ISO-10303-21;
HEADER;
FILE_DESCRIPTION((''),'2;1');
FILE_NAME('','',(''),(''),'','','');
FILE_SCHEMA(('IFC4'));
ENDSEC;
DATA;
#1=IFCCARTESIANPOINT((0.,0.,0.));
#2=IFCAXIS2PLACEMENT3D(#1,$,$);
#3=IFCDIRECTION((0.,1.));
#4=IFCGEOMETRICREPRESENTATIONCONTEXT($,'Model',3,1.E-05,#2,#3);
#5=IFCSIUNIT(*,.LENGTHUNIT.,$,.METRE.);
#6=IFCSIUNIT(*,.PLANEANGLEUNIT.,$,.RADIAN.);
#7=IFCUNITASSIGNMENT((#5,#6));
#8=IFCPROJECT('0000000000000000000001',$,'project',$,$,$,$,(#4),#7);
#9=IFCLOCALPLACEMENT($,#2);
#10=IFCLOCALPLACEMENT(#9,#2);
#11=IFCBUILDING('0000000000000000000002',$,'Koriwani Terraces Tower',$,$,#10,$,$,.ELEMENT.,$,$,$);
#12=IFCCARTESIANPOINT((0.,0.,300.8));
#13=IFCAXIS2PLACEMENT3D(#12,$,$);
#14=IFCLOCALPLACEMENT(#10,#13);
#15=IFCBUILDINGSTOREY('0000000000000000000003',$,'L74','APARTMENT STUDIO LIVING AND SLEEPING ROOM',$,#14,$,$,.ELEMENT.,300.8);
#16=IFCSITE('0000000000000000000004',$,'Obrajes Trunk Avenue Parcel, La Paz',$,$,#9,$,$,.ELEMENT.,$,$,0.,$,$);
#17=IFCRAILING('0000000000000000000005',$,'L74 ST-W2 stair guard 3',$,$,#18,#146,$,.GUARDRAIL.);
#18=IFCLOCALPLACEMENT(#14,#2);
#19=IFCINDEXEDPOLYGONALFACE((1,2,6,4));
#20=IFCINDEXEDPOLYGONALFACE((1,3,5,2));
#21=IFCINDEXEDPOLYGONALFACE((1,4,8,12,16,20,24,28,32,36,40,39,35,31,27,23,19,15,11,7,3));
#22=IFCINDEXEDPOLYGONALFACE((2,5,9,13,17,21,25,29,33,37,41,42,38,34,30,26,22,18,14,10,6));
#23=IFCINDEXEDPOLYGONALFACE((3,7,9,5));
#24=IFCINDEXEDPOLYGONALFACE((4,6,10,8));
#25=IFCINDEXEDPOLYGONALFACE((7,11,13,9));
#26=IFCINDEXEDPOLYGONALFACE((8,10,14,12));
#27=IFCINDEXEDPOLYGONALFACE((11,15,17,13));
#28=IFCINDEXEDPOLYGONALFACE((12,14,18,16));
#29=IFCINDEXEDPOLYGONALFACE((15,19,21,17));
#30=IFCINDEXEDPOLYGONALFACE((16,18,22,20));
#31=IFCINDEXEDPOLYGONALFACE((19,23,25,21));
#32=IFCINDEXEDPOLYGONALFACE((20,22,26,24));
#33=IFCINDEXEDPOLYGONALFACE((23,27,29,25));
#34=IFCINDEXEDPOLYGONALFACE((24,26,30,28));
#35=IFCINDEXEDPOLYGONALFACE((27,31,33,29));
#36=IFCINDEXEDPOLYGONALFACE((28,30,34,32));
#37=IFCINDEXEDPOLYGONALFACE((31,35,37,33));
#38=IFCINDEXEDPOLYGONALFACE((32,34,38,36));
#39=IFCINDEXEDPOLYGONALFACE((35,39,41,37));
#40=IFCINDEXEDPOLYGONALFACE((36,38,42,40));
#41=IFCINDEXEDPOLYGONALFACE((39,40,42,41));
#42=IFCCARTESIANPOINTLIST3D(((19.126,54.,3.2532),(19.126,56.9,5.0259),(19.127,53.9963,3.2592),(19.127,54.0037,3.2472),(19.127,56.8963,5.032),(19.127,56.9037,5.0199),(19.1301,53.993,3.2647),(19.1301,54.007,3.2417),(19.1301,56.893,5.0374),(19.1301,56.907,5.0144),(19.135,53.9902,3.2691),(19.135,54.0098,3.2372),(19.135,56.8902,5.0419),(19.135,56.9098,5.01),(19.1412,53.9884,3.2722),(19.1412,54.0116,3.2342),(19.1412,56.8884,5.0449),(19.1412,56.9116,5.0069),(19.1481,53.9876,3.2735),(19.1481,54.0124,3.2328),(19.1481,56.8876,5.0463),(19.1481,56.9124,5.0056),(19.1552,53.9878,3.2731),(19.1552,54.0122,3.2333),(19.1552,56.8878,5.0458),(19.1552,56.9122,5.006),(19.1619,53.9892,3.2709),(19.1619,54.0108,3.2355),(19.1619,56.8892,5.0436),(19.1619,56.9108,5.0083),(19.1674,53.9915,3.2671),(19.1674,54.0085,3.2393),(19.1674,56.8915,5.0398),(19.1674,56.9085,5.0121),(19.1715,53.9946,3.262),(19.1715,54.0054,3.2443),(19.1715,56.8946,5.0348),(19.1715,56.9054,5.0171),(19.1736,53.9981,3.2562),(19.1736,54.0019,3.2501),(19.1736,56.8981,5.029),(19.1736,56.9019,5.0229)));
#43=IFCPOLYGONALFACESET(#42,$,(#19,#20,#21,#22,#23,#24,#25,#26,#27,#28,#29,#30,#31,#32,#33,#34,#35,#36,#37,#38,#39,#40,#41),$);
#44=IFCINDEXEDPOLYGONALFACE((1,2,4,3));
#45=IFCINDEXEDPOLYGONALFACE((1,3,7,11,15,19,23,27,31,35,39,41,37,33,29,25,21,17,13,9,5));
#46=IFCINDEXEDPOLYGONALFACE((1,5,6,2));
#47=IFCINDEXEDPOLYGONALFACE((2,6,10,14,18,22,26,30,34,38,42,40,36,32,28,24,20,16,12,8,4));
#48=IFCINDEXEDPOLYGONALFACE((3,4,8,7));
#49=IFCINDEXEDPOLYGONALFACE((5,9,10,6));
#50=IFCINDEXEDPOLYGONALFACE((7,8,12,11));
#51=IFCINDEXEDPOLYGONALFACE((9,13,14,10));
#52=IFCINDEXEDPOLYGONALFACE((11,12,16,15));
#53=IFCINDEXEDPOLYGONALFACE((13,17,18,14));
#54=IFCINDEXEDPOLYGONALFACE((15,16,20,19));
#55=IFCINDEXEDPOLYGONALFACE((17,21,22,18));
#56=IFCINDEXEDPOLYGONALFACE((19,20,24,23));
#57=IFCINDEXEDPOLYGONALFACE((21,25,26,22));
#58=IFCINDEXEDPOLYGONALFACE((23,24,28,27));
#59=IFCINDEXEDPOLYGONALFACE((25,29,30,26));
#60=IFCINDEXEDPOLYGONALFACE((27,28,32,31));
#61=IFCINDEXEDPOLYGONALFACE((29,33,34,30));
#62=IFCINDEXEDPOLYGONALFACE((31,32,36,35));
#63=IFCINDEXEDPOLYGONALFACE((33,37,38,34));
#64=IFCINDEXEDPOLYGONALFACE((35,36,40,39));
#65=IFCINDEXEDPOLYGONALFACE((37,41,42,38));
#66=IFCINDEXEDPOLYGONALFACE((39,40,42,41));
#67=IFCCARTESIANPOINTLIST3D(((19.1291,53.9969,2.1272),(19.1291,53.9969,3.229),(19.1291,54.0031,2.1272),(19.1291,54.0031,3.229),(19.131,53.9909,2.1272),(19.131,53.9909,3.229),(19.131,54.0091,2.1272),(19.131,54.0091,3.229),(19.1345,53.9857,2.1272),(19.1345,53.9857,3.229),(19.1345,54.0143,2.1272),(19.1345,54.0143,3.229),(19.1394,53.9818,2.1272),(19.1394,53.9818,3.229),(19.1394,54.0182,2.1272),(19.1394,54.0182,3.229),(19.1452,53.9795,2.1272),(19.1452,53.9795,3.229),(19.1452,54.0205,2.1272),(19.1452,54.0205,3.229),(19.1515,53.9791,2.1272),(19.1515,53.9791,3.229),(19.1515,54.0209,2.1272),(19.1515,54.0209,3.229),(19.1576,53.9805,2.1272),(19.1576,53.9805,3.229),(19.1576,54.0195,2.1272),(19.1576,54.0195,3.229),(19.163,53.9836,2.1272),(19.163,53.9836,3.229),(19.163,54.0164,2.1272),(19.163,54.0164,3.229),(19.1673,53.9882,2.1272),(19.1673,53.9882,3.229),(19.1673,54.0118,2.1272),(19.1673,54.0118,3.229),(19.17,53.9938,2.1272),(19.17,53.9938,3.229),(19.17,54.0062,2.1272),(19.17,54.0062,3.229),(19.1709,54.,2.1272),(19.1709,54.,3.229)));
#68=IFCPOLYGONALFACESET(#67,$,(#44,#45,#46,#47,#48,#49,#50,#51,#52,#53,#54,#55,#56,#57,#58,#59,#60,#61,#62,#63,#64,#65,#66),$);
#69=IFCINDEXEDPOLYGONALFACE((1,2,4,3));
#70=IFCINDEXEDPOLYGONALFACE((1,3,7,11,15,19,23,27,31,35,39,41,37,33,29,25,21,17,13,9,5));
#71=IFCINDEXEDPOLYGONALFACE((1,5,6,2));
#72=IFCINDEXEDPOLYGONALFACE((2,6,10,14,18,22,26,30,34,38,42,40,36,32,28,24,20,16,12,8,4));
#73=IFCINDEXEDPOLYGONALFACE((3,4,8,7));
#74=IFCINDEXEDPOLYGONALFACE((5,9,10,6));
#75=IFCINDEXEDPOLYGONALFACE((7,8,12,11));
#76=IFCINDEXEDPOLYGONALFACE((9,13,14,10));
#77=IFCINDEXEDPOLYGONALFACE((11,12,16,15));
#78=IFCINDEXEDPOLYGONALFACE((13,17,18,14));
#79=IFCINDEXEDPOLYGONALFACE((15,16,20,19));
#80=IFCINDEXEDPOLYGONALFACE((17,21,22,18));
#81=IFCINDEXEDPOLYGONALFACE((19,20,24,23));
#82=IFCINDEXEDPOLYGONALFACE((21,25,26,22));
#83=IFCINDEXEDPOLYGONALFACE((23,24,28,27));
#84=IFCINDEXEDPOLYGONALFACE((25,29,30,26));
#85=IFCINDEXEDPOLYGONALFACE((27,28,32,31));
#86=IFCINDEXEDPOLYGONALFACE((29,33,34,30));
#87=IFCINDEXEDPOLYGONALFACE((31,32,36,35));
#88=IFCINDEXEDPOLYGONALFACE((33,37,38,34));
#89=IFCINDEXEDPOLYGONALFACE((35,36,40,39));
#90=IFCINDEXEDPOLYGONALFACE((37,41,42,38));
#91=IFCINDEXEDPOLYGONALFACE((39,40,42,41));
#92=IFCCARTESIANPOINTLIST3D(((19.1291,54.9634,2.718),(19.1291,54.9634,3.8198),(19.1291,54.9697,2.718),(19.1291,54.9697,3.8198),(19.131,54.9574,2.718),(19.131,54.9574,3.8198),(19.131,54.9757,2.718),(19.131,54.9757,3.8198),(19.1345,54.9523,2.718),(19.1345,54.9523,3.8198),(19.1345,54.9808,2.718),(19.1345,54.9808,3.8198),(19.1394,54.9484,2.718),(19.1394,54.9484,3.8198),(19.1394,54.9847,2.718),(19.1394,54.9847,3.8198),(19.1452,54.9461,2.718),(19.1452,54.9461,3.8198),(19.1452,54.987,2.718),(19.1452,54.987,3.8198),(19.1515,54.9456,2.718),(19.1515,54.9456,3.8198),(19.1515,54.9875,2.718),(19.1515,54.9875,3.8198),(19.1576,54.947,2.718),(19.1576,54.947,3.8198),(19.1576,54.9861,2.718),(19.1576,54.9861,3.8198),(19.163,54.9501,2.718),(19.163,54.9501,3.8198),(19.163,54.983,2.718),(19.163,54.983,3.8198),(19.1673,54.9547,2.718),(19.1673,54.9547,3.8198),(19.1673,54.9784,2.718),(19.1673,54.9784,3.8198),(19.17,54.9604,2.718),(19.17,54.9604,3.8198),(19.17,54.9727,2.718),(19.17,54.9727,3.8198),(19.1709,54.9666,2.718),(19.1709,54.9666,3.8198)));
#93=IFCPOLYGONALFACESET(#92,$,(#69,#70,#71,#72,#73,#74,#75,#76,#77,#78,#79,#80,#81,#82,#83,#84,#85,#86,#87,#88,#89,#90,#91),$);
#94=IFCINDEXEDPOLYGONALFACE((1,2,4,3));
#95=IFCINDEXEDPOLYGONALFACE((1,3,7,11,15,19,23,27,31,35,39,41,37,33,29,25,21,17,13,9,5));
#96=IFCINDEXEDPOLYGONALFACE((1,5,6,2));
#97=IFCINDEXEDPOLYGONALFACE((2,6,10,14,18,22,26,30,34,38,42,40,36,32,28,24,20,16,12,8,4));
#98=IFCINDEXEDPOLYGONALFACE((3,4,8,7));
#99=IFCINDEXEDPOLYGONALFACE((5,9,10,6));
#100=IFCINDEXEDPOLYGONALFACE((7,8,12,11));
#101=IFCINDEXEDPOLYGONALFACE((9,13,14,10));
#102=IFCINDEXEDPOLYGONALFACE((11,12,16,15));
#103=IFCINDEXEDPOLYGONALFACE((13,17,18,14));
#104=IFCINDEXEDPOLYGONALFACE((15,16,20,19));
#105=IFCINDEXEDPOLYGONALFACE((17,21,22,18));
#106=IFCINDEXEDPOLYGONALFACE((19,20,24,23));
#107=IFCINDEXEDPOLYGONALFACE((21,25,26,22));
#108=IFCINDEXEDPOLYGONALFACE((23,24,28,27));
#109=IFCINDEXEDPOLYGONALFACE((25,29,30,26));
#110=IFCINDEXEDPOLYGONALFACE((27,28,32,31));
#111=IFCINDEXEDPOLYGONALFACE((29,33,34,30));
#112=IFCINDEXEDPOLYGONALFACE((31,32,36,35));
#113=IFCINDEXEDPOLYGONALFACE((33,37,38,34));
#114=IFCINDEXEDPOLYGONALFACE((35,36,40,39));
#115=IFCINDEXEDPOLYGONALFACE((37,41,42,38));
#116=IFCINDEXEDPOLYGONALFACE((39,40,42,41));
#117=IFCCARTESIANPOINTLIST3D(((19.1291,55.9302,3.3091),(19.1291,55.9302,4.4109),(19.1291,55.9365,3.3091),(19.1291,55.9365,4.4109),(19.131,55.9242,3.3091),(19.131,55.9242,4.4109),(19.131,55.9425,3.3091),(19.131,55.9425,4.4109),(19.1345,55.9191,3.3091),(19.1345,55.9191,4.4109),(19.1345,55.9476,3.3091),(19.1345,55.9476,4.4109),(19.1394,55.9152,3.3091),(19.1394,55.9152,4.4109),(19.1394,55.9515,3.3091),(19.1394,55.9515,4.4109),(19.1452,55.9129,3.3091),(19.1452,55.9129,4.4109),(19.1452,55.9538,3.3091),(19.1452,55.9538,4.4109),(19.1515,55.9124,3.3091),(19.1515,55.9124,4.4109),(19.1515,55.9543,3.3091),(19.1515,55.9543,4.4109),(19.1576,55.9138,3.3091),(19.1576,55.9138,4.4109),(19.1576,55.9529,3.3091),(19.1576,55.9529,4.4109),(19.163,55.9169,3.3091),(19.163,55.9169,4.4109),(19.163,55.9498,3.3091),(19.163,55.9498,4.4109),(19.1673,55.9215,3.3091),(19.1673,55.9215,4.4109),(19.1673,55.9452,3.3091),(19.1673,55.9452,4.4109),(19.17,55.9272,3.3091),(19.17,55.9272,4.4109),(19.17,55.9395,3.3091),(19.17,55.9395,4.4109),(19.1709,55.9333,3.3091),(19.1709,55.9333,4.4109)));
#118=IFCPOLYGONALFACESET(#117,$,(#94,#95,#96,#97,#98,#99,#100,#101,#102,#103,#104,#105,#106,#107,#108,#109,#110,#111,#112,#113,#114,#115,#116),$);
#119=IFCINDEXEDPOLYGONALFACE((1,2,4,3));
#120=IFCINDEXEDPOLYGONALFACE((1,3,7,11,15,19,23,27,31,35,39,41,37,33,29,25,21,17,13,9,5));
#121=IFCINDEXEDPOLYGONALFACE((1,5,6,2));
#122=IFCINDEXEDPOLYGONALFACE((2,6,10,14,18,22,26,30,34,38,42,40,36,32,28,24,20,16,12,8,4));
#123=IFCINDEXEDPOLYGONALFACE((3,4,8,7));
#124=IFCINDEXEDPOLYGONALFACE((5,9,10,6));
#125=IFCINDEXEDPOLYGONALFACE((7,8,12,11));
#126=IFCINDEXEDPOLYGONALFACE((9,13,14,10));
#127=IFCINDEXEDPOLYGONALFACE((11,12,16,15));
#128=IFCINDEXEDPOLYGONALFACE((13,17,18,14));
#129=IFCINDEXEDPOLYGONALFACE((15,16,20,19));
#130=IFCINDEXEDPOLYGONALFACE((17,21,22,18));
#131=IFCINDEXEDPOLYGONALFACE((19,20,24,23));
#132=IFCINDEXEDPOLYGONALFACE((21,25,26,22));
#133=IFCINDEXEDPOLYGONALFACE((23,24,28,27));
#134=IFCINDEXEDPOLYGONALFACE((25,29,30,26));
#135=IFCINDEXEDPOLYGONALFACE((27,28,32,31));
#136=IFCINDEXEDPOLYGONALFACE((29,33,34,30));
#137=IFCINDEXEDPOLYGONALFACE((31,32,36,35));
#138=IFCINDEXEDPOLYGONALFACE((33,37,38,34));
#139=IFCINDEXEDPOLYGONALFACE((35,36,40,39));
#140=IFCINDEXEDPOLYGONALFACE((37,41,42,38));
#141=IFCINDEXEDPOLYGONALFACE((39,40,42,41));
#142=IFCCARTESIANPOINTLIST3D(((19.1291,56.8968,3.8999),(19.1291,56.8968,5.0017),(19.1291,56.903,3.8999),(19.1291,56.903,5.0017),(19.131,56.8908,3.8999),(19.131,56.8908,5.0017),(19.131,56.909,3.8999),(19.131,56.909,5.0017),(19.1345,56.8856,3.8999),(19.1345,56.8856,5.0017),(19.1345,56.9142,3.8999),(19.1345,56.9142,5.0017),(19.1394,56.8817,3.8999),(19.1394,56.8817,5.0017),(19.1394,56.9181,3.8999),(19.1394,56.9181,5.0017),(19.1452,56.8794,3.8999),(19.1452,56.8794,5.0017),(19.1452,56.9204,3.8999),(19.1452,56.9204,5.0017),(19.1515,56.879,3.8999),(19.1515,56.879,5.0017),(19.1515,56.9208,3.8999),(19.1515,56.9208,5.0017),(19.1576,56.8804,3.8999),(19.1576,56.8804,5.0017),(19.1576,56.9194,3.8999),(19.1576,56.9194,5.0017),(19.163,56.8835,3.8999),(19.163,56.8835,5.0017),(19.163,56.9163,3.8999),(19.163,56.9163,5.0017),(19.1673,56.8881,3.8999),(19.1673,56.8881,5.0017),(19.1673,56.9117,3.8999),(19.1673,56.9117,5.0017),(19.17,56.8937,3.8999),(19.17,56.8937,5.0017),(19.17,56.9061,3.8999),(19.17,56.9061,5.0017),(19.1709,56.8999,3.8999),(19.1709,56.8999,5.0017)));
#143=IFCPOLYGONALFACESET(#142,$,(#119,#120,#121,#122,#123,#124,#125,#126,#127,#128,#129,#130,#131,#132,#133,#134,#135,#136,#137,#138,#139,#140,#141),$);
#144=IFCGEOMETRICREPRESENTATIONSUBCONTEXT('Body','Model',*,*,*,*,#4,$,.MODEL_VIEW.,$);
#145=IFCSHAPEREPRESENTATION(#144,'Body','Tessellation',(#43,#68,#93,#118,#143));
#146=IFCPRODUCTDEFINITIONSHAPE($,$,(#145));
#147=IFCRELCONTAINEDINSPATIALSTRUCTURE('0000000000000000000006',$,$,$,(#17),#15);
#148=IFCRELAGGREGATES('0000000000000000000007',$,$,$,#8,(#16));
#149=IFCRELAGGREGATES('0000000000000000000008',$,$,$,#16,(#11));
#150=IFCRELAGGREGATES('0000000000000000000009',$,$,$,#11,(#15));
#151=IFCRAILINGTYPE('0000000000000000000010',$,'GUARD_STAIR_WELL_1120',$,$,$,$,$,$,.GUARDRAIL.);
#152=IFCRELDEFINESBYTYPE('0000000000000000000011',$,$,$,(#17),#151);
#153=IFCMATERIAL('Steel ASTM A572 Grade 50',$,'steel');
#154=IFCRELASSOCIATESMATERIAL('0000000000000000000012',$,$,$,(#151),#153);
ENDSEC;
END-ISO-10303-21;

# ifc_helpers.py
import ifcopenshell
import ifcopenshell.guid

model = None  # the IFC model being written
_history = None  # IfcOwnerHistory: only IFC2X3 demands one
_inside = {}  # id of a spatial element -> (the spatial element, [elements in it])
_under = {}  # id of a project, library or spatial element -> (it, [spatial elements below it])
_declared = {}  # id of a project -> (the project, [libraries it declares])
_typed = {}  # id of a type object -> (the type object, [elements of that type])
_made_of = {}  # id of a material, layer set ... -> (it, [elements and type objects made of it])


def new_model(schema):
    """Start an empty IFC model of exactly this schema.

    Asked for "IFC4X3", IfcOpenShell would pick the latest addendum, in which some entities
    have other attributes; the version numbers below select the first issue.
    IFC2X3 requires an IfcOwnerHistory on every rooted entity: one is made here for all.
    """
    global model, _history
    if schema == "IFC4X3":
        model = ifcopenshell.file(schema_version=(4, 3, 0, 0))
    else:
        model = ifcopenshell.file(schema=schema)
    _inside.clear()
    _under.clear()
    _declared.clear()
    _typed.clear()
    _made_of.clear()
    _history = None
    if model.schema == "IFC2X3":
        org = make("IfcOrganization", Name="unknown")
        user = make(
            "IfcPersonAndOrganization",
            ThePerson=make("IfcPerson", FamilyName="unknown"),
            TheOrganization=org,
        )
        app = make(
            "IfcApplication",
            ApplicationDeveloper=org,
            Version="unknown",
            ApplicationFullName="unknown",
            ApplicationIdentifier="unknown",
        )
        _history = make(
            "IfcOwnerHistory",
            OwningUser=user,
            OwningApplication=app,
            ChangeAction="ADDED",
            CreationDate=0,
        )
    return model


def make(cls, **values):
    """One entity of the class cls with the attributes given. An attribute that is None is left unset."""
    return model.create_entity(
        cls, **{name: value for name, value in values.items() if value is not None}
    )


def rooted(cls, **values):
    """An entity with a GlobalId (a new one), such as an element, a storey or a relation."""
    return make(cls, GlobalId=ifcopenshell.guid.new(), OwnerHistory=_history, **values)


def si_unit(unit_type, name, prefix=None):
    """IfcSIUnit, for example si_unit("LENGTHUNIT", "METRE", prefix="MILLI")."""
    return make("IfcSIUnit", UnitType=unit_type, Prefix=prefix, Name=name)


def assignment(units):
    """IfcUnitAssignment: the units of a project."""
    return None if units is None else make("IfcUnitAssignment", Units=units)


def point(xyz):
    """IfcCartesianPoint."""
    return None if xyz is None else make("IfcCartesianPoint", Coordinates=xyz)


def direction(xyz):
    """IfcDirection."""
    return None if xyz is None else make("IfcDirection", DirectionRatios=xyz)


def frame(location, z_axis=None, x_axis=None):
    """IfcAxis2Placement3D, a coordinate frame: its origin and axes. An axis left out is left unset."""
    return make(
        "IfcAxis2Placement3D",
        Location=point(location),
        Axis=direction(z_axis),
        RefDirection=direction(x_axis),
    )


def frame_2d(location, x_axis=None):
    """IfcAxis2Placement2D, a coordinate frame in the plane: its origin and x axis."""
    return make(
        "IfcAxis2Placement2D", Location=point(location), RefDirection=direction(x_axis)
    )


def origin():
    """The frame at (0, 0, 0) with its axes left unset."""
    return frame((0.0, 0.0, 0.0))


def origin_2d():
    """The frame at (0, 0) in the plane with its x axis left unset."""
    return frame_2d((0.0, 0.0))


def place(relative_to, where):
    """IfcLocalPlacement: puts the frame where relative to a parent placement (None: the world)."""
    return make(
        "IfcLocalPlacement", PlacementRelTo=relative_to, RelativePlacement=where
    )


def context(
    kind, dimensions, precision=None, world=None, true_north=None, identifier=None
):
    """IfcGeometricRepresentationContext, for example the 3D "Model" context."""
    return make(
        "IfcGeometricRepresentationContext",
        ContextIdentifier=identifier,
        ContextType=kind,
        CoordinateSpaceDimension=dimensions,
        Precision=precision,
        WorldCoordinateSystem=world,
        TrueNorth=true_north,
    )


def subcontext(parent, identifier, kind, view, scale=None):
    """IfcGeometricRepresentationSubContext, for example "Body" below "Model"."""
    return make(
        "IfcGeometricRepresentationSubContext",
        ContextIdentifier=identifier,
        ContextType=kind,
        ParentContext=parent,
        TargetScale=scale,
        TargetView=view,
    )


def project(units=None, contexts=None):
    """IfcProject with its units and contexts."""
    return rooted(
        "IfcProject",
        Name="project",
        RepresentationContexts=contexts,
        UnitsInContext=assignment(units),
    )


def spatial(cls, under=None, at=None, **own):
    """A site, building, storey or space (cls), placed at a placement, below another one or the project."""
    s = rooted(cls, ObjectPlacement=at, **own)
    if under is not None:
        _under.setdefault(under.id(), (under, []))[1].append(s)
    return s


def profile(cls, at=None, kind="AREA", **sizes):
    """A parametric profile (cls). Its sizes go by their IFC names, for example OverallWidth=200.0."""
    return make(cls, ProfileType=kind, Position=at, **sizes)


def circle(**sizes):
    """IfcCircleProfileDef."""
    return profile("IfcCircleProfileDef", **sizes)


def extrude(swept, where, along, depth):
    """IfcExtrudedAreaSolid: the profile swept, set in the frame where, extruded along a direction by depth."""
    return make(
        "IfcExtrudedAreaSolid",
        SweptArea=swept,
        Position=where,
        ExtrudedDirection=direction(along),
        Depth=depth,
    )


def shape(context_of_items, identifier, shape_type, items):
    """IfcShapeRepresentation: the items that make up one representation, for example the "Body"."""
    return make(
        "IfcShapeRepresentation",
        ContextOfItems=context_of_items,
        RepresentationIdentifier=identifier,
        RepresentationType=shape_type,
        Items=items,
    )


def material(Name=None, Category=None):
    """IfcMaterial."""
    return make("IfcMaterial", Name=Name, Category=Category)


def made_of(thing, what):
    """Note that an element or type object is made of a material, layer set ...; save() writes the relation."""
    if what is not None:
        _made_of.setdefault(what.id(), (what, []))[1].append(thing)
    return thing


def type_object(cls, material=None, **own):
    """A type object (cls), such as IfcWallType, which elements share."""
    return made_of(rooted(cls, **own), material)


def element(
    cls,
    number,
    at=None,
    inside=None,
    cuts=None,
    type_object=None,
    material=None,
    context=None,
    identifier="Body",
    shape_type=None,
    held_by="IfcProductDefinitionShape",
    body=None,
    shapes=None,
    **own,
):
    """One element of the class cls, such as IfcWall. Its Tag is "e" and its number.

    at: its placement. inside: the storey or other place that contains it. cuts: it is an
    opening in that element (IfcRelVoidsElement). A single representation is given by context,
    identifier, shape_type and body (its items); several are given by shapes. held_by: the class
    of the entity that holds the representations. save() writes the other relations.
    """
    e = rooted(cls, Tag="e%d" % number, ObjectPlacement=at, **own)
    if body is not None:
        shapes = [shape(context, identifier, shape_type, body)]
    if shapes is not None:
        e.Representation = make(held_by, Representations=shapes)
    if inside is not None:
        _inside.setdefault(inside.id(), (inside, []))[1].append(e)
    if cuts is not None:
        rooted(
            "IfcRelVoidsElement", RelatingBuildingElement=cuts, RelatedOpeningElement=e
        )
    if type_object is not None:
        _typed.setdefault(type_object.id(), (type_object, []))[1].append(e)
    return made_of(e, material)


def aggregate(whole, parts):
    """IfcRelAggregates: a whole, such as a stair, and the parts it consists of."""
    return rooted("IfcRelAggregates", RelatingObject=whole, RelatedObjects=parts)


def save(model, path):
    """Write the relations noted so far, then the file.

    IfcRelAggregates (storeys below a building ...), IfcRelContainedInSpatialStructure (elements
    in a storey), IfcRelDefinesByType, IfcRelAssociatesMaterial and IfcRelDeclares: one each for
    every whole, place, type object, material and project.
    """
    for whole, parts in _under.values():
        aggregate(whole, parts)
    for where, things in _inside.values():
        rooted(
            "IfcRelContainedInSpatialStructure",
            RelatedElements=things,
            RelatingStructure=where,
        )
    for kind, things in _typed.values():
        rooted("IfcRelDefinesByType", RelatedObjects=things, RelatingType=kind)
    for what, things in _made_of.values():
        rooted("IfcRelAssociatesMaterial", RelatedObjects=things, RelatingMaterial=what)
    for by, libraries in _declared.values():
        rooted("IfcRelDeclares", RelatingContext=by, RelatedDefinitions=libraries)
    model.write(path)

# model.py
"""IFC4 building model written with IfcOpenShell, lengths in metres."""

from ifc_helpers import new_model, si_unit, direction, frame, origin, origin_2d, place, context, subcontext, project, spatial, circle, extrude, material, type_object, element, save


model = new_model("IFC4")

# Units and contexts
model_context = context("Model", 3, precision=1e-05, world=origin(), true_north=direction((0.0, 1.0)))
body_context = subcontext(model_context, "Body", "Model", "MODEL_VIEW")
ifc_project = project(units=[si_unit("LENGTHUNIT", "METRE"), si_unit("PLANEANGLEUNIT", "RADIAN")], contexts=[model_context])

# Site, building, storey
site_placement = place(None, origin())
site = spatial("IfcSite", under=ifc_project, at=site_placement, Name="Obrajes Trunk Avenue Parcel, La Paz", CompositionType="ELEMENT", RefElevation=0.0)
building_placement = place(site_placement, origin())
building = spatial("IfcBuilding", under=site, at=building_placement, Name="Koriwani Terraces Tower", CompositionType="ELEMENT")
storey_placement = place(building_placement, frame((0.0, 0.0, 300.8)))
storey = spatial("IfcBuildingStorey", under=building, at=storey_placement, Name="L74", Description="APARTMENT STUDIO LIVING AND SLEEPING ROOM", CompositionType="ELEMENT", Elevation=300.8)

# Shared definitions
ifc_material_1 = material(Name="Steel ASTM A572 Grade 50", Category="steel")

# Railing
railing_type_1 = type_object("IfcRailingType", Name="GUARD_STAIR_WELL_1120", PredefinedType="GUARDRAIL", material=ifc_material_1)
railing_1_placement = place(storey_placement, frame((19.1499, 54.0, 2.1272)))
element("IfcRailing", 1, at=railing_1_placement, inside=storey, type_object=railing_type_1, Name="L74 ST-W2 stair guard 3", PredefinedType="GUARDRAIL", context=body_context, shape_type="SweptSolid", body=[
    extrude(circle(Radius=0.0239, at=origin_2d()), frame((0.0, 0.0, 1.126), z_axis=(0.0, 0.853211, 0.521566), x_axis=(-1.0, 0.0, 0.0)), (0.0, 0.0, 1.0), 3.3989),
    extrude(circle(Radius=0.021, at=origin_2d()), origin(), (0.0, 0.0, 1.0), 1.1018),
    extrude(circle(Radius=0.021, at=origin_2d()), frame((0.0, 0.9666, 0.5908)), (0.0, 0.0, 1.0), 1.1018),
    extrude(circle(Radius=0.021, at=origin_2d()), frame((0.0, 1.9333, 1.1819)), (0.0, 0.0, 1.0), 1.1018),
    extrude(circle(Radius=0.021, at=origin_2d()), frame((0.0, 2.8999, 1.7727)), (0.0, 0.0, 1.0), 1.1018),
])

save(model, "model.ifc")
